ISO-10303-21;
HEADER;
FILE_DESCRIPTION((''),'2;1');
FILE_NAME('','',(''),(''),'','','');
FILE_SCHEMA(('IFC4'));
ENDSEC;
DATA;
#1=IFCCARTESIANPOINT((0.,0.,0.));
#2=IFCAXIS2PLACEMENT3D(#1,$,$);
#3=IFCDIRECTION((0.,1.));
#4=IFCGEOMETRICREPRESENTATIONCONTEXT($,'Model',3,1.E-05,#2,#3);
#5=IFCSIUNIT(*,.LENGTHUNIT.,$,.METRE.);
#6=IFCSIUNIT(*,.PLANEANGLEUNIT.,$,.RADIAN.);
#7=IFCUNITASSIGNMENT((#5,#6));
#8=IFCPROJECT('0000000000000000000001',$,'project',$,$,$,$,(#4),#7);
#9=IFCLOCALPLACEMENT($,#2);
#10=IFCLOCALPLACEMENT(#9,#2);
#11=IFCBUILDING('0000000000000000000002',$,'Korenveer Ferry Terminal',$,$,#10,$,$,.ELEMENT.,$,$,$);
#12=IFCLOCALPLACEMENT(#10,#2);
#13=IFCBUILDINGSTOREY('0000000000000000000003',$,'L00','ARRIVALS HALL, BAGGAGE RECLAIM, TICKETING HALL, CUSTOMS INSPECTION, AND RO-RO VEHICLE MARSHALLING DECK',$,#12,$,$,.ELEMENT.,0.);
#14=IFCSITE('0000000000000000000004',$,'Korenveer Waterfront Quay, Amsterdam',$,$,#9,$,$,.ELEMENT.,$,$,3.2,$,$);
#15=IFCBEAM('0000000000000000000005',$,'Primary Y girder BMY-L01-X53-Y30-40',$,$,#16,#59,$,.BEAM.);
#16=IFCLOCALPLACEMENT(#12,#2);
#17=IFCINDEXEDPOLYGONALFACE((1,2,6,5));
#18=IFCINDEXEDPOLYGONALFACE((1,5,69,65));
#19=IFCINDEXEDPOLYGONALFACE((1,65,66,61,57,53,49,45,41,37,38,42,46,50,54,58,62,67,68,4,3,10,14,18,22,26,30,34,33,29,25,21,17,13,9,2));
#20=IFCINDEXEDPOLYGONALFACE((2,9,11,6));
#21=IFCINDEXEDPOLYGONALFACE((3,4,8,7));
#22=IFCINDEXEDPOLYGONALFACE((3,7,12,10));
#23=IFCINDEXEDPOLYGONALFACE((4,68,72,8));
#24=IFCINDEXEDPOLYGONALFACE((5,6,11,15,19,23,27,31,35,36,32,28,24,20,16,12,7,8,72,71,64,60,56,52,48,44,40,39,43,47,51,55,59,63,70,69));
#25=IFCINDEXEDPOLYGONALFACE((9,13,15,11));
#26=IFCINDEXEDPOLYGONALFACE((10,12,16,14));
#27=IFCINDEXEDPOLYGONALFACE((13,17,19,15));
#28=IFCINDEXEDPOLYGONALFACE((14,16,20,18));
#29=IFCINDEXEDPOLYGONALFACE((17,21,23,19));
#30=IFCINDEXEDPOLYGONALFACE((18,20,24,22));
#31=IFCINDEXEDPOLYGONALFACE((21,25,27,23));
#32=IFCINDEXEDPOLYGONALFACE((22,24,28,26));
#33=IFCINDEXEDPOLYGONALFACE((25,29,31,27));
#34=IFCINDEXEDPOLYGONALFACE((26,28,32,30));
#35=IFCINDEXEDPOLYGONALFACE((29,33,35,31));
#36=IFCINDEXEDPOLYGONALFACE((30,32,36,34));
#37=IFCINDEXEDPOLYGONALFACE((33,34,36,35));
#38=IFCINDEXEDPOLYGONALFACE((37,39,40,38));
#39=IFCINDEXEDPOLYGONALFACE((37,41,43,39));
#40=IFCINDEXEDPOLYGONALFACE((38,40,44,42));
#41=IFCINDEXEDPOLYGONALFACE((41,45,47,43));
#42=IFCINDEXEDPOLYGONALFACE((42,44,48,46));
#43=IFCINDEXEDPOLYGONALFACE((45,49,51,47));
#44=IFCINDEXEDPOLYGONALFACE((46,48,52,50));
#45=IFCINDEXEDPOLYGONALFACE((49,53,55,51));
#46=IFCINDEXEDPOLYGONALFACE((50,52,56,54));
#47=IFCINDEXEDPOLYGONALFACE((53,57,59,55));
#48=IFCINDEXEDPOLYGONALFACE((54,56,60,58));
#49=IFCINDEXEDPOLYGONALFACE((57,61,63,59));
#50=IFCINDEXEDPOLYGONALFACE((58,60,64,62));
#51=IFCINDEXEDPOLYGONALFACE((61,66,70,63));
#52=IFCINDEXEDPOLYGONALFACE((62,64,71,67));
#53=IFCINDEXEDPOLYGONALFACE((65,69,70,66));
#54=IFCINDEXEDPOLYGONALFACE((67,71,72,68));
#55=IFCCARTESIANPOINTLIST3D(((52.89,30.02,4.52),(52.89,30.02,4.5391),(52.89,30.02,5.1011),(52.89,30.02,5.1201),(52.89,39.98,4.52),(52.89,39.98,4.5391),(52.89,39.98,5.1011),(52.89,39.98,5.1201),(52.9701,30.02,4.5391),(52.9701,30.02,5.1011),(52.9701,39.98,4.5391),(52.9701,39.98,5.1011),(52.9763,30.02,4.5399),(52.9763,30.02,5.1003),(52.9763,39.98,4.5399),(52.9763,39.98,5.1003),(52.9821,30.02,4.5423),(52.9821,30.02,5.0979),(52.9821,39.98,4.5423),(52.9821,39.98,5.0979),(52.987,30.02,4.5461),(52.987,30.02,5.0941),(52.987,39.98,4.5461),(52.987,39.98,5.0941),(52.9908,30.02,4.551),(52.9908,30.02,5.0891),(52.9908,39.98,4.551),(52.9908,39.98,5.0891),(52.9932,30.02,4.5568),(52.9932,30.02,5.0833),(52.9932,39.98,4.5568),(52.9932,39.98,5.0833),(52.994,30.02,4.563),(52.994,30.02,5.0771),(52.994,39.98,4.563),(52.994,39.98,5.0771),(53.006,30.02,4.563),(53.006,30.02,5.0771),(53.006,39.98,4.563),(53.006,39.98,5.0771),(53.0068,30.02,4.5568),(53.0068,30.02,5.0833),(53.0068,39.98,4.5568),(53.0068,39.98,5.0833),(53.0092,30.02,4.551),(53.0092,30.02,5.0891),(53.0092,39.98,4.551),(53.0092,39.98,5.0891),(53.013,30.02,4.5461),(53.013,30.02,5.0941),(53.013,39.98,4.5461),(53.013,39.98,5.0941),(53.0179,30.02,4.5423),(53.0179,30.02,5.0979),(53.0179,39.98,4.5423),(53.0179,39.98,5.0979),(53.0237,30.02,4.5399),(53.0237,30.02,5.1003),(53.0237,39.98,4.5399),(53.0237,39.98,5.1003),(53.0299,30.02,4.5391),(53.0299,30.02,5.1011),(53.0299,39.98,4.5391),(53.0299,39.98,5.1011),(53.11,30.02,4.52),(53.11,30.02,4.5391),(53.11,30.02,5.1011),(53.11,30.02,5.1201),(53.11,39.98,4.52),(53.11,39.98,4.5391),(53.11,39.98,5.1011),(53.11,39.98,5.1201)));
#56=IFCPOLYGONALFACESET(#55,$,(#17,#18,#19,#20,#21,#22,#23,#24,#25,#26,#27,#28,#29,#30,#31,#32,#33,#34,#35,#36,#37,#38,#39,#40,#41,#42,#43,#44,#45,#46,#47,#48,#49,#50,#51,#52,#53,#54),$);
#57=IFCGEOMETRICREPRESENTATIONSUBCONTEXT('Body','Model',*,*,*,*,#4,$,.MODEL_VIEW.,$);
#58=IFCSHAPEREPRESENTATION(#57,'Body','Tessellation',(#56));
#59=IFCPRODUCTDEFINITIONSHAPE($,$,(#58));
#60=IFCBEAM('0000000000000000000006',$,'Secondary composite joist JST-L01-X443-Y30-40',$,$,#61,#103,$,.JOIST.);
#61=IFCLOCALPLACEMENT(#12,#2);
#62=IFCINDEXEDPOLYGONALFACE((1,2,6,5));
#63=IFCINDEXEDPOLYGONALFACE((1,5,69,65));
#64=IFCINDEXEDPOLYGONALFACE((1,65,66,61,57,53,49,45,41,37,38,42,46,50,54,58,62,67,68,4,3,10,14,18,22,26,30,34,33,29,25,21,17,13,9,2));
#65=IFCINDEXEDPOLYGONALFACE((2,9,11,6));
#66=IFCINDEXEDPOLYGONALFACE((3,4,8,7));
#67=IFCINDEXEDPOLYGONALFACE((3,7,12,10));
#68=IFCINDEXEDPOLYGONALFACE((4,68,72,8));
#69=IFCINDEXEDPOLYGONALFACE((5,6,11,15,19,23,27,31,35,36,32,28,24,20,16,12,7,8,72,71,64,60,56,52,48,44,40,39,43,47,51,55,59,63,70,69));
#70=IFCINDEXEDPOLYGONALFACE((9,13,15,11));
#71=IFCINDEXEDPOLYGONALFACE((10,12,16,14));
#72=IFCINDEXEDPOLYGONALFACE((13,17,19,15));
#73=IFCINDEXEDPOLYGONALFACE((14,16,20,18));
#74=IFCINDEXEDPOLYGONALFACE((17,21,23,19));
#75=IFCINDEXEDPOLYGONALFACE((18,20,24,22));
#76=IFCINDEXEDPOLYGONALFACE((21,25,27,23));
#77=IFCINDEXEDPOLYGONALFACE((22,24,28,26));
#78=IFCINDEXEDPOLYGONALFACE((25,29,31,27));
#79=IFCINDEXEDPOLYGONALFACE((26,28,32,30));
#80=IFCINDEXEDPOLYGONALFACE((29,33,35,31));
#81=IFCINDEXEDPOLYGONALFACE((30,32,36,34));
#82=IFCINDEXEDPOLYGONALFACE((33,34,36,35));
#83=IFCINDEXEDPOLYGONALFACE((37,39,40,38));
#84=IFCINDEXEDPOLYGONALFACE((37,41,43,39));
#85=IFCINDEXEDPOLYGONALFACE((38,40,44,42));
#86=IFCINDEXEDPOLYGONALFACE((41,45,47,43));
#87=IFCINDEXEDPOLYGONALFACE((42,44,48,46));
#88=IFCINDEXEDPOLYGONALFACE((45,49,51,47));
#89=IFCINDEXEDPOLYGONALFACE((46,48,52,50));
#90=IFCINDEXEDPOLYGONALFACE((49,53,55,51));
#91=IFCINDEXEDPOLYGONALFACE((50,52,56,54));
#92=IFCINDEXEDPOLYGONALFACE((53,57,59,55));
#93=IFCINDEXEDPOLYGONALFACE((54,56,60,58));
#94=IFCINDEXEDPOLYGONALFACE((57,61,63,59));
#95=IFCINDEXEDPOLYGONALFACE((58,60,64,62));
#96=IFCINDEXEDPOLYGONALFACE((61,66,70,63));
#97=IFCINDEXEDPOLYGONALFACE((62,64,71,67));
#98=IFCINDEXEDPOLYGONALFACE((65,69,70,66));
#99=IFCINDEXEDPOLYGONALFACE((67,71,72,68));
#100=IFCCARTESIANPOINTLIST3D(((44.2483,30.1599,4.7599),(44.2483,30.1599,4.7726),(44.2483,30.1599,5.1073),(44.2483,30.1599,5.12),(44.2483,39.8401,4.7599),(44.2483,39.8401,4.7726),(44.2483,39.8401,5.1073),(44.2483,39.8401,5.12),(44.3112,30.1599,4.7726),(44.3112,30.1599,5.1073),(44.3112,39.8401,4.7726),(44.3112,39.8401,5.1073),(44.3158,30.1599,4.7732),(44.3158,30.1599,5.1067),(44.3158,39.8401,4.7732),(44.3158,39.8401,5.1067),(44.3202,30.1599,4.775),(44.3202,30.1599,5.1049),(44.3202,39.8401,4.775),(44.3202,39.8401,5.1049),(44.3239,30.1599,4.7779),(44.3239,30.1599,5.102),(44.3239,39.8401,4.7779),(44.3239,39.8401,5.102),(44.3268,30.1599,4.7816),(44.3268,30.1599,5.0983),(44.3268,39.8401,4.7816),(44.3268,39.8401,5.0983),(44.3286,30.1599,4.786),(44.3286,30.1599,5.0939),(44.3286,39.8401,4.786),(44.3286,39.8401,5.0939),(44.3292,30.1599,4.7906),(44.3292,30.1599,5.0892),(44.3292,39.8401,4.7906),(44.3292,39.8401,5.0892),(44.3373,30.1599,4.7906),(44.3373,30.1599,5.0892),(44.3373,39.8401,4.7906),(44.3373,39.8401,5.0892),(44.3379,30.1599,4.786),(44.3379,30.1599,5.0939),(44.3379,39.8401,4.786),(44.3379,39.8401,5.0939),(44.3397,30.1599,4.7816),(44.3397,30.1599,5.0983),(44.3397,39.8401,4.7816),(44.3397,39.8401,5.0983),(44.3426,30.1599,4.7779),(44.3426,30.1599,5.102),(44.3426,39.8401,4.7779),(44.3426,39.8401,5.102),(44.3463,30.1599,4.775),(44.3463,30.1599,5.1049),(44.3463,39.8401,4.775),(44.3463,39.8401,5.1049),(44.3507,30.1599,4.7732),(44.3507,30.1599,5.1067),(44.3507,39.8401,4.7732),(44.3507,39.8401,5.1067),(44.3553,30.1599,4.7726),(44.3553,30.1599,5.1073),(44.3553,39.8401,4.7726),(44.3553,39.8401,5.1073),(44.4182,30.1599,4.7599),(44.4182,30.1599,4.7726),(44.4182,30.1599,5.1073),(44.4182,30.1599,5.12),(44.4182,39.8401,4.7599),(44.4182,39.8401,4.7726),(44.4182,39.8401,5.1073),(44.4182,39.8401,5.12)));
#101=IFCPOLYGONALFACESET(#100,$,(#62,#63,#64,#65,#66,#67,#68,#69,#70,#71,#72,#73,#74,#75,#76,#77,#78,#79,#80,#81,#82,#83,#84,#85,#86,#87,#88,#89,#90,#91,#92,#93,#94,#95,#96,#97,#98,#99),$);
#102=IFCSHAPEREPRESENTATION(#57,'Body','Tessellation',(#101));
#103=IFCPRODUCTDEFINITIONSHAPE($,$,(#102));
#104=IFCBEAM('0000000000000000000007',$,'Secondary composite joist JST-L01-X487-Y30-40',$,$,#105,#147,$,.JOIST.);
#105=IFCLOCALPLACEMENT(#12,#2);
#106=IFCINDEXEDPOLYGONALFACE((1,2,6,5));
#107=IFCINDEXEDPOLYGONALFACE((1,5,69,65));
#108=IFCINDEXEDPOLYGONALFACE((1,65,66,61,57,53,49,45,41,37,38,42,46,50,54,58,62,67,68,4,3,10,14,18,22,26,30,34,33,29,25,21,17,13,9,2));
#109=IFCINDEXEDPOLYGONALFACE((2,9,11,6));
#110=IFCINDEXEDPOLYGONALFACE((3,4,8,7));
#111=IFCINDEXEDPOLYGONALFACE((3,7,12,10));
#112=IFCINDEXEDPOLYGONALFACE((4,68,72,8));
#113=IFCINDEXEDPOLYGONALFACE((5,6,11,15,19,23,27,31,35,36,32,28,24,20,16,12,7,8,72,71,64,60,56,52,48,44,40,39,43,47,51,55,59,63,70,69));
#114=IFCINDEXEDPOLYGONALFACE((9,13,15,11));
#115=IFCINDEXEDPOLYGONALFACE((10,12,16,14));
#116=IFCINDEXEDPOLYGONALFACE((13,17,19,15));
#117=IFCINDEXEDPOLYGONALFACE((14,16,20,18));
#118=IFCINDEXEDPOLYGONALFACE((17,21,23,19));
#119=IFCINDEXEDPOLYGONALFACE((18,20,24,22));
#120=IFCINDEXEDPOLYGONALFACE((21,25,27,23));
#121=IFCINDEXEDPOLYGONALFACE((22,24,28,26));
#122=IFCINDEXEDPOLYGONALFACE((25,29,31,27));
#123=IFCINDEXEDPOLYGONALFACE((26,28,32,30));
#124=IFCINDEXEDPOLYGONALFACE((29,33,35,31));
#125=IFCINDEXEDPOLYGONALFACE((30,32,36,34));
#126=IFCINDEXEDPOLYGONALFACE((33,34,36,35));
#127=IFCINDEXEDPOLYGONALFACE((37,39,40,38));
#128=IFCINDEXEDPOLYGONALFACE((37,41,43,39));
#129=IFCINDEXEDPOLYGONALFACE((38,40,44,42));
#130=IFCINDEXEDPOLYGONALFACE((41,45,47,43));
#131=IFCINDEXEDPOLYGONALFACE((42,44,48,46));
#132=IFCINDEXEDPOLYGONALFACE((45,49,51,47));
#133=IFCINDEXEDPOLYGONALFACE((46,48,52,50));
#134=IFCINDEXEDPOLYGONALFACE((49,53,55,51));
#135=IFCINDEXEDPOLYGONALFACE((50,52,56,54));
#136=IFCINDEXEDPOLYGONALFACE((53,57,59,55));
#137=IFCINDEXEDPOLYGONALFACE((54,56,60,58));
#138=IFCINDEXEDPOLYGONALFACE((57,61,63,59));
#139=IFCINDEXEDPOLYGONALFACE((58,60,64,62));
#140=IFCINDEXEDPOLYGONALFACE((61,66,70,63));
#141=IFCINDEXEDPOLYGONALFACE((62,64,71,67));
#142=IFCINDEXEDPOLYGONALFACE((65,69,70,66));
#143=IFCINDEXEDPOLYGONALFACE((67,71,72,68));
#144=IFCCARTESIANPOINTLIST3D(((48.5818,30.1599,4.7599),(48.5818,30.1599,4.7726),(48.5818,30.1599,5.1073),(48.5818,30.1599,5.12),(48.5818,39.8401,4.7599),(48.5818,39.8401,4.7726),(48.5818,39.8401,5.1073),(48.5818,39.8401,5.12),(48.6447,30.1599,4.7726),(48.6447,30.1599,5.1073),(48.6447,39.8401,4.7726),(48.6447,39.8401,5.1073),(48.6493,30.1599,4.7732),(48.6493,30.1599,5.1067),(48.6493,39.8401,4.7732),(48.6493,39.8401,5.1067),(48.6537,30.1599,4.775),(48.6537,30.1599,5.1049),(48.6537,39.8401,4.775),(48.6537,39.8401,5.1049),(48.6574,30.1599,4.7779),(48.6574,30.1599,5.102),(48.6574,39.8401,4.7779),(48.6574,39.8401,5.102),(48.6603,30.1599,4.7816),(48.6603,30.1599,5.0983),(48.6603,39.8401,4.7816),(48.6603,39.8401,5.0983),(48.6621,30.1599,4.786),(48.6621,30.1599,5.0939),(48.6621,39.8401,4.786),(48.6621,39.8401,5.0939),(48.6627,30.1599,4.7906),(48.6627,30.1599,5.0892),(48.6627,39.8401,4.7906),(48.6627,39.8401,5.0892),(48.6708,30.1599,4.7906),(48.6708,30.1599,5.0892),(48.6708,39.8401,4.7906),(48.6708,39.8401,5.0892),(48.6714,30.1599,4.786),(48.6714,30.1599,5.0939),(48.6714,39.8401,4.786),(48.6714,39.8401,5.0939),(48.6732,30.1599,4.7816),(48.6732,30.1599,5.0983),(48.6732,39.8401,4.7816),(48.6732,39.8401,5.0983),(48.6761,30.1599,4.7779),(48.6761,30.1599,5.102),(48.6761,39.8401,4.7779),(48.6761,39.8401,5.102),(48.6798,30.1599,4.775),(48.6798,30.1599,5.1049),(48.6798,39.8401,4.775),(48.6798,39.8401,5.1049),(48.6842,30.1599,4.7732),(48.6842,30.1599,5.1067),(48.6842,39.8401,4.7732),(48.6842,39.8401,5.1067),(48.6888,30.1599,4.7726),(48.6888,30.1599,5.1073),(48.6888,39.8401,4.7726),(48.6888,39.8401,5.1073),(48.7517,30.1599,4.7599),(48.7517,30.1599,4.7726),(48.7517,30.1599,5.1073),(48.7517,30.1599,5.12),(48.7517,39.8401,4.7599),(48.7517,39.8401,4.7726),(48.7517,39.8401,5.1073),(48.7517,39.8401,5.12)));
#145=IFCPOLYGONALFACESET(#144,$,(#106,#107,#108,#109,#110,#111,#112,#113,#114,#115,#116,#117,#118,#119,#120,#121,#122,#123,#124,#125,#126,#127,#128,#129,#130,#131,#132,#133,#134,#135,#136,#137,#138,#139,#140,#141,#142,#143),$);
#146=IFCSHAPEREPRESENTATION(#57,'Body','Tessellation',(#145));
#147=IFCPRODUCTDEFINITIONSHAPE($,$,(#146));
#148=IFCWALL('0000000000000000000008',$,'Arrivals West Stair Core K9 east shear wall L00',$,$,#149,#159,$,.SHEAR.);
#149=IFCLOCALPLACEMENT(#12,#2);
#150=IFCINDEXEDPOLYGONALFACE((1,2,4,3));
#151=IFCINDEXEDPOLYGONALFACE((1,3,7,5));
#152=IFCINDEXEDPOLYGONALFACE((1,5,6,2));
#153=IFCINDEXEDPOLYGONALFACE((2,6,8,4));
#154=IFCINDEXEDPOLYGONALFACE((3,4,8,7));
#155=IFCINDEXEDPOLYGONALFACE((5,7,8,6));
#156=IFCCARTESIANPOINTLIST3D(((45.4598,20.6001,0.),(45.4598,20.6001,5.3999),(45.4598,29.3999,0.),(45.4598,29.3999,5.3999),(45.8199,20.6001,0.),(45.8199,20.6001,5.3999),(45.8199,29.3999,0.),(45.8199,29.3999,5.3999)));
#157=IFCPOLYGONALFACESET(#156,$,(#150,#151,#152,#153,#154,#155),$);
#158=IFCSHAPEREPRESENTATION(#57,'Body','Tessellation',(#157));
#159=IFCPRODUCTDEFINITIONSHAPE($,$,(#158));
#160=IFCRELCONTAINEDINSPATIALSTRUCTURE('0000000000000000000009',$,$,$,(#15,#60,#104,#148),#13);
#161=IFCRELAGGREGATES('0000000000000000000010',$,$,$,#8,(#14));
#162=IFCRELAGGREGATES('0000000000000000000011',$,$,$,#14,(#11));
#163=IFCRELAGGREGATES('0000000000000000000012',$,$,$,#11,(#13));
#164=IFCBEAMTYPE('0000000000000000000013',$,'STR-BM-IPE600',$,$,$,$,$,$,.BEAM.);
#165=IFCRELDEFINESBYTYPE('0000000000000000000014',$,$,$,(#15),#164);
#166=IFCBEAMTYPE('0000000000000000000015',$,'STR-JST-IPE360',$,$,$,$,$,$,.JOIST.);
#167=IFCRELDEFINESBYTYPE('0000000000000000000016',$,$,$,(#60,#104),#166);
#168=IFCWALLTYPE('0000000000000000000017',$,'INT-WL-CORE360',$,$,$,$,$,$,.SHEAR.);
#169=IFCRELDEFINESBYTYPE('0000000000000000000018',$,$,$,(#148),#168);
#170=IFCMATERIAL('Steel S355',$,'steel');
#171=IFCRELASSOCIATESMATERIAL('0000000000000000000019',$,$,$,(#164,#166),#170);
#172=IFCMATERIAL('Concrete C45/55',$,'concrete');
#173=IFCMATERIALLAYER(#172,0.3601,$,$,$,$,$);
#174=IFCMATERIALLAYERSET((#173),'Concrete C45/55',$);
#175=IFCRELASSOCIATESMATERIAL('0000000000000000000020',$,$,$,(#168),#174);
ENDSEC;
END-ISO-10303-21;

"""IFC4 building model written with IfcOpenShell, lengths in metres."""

from ifc_helpers import new_model, si_unit, direction, frame, frame_2d, origin, origin_2d, place, context, subcontext, project, spatial, rectangle, i_section, extrude, material, layer, layer_set, material_profile, profile_set, type_object, element, save


model = new_model("IFC4")

# Units and contexts
model_context = context("Model", 3, precision=1e-05, world=origin(), true_north=direction((0.0, 1.0)))
body_context = subcontext(model_context, "Body", "Model", "MODEL_VIEW")
ifc_project = project(units=[si_unit("LENGTHUNIT", "METRE"), si_unit("PLANEANGLEUNIT", "RADIAN")], contexts=[model_context])

# Site, building, storey
site_placement = place(None, origin())
site = spatial("IfcSite", under=ifc_project, at=site_placement, Name="Korenveer Waterfront Quay, Amsterdam", CompositionType="ELEMENT", RefElevation=3.2)
building_placement = place(site_placement, origin())
building = spatial("IfcBuilding", under=site, at=building_placement, Name="Korenveer Ferry Terminal", CompositionType="ELEMENT")
storey_placement = place(building_placement, origin())
storey = spatial("IfcBuildingStorey", under=building, at=storey_placement, Name="L00", Description="ARRIVALS HALL, BAGGAGE RECLAIM, TICKETING HALL, CUSTOMS INSPECTION, AND RO-RO VEHICLE MARSHALLING DECK", CompositionType="ELEMENT", Elevation=0.0)

# Shared definitions
ifc_material_1 = material(Name="Concrete C45/55", Category="concrete")

# Beams
ifc_material_2 = material(Name="Steel S355", Category="steel")
ifc_material_profile_1 = material_profile(ifc_material_2, i_section(OverallWidth=0.22, OverallDepth=0.6001, WebThickness=0.012, FlangeThickness=0.019, FilletRadius=0.0239, at=origin_2d()), Name="IPE 600")
ifc_profile_set_1 = profile_set([ifc_material_profile_1], Name="Steel S355")
beam_type_1 = type_object("IfcBeamType", Name="STR-BM-IPE600", PredefinedType="BEAM", material=ifc_profile_set_1)
for number, where, z_axis, x_axis, name in (
    (1, (53.0, 30.02, 4.8201), (0.0, 1.0, 0.0), (-1.0, 0.0, 0.0), "Primary Y girder BMY-L01-X53-Y30-40"),
):
    element("IfcBeam", number, at=place(storey_placement, frame(where, z_axis=z_axis, x_axis=x_axis)), inside=storey, type_object=beam_type_1, Name=name, PredefinedType="BEAM", context=body_context, shape_type="SweptSolid", body=[
        extrude(i_section(OverallWidth=0.22, OverallDepth=0.6001, WebThickness=0.012, FlangeThickness=0.019, FilletRadius=0.0239, at=origin_2d()), origin(), (0.0, 0.0, 1.0), 9.96),
    ])
ifc_material_profile_2 = material_profile(ifc_material_2, i_section(OverallWidth=0.1699, OverallDepth=0.3601, WebThickness=0.0081, FlangeThickness=0.0127, FilletRadius=0.0181, at=origin_2d()), Name="IPE 360")
ifc_profile_set_2 = profile_set([ifc_material_profile_2], Name="Steel S355")
beam_type_2 = type_object("IfcBeamType", Name="STR-JST-IPE360", PredefinedType="JOIST", material=ifc_profile_set_2)
for number, where, z_axis, x_axis, name in (
    (2, (44.3333, 30.1599, 4.9399), (0.0, 1.0, 0.0), (-1.0, 0.0, 0.0), "Secondary composite joist JST-L01-X443-Y30-40"),
    (3, (48.6667, 30.1599, 4.9399), (0.0, 1.0, 0.0), (-1.0, 0.0, 0.0), "Secondary composite joist JST-L01-X487-Y30-40"),
):
    element("IfcBeam", number, at=place(storey_placement, frame(where, z_axis=z_axis, x_axis=x_axis)), inside=storey, type_object=beam_type_2, Name=name, PredefinedType="JOIST", context=body_context, shape_type="SweptSolid", body=[
        extrude(i_section(OverallWidth=0.1699, OverallDepth=0.3601, WebThickness=0.0081, FlangeThickness=0.0127, FilletRadius=0.0181, at=origin_2d()), origin(), (0.0, 0.0, 1.0), 9.6802),
    ])

# Wall
ifc_layer = layer(ifc_material_1, 0.3601)
ifc_layer_set = layer_set([ifc_layer], Name="Concrete C45/55")
wall_type = type_object("IfcWallType", Name="INT-WL-CORE360", PredefinedType="SHEAR", material=ifc_layer_set)
wall_placement = place(storey_placement, frame((45.6399, 20.6001, 0.0), z_axis=(0.0, 0.0, 1.0), x_axis=(0.0, 1.0, 0.0)))
element("IfcWall", 4, at=wall_placement, inside=storey, type_object=wall_type, Name="Arrivals West Stair Core K9 east shear wall L00", PredefinedType="SHEAR", context=body_context, shape_type="SweptSolid", body=[
    extrude(rectangle(XDim=8.7998, YDim=0.3601, at=frame_2d((4.3999, 0.0))), origin(), (0.0, 0.0, 1.0), 5.3999),
])

save(model, "model.ifc")
